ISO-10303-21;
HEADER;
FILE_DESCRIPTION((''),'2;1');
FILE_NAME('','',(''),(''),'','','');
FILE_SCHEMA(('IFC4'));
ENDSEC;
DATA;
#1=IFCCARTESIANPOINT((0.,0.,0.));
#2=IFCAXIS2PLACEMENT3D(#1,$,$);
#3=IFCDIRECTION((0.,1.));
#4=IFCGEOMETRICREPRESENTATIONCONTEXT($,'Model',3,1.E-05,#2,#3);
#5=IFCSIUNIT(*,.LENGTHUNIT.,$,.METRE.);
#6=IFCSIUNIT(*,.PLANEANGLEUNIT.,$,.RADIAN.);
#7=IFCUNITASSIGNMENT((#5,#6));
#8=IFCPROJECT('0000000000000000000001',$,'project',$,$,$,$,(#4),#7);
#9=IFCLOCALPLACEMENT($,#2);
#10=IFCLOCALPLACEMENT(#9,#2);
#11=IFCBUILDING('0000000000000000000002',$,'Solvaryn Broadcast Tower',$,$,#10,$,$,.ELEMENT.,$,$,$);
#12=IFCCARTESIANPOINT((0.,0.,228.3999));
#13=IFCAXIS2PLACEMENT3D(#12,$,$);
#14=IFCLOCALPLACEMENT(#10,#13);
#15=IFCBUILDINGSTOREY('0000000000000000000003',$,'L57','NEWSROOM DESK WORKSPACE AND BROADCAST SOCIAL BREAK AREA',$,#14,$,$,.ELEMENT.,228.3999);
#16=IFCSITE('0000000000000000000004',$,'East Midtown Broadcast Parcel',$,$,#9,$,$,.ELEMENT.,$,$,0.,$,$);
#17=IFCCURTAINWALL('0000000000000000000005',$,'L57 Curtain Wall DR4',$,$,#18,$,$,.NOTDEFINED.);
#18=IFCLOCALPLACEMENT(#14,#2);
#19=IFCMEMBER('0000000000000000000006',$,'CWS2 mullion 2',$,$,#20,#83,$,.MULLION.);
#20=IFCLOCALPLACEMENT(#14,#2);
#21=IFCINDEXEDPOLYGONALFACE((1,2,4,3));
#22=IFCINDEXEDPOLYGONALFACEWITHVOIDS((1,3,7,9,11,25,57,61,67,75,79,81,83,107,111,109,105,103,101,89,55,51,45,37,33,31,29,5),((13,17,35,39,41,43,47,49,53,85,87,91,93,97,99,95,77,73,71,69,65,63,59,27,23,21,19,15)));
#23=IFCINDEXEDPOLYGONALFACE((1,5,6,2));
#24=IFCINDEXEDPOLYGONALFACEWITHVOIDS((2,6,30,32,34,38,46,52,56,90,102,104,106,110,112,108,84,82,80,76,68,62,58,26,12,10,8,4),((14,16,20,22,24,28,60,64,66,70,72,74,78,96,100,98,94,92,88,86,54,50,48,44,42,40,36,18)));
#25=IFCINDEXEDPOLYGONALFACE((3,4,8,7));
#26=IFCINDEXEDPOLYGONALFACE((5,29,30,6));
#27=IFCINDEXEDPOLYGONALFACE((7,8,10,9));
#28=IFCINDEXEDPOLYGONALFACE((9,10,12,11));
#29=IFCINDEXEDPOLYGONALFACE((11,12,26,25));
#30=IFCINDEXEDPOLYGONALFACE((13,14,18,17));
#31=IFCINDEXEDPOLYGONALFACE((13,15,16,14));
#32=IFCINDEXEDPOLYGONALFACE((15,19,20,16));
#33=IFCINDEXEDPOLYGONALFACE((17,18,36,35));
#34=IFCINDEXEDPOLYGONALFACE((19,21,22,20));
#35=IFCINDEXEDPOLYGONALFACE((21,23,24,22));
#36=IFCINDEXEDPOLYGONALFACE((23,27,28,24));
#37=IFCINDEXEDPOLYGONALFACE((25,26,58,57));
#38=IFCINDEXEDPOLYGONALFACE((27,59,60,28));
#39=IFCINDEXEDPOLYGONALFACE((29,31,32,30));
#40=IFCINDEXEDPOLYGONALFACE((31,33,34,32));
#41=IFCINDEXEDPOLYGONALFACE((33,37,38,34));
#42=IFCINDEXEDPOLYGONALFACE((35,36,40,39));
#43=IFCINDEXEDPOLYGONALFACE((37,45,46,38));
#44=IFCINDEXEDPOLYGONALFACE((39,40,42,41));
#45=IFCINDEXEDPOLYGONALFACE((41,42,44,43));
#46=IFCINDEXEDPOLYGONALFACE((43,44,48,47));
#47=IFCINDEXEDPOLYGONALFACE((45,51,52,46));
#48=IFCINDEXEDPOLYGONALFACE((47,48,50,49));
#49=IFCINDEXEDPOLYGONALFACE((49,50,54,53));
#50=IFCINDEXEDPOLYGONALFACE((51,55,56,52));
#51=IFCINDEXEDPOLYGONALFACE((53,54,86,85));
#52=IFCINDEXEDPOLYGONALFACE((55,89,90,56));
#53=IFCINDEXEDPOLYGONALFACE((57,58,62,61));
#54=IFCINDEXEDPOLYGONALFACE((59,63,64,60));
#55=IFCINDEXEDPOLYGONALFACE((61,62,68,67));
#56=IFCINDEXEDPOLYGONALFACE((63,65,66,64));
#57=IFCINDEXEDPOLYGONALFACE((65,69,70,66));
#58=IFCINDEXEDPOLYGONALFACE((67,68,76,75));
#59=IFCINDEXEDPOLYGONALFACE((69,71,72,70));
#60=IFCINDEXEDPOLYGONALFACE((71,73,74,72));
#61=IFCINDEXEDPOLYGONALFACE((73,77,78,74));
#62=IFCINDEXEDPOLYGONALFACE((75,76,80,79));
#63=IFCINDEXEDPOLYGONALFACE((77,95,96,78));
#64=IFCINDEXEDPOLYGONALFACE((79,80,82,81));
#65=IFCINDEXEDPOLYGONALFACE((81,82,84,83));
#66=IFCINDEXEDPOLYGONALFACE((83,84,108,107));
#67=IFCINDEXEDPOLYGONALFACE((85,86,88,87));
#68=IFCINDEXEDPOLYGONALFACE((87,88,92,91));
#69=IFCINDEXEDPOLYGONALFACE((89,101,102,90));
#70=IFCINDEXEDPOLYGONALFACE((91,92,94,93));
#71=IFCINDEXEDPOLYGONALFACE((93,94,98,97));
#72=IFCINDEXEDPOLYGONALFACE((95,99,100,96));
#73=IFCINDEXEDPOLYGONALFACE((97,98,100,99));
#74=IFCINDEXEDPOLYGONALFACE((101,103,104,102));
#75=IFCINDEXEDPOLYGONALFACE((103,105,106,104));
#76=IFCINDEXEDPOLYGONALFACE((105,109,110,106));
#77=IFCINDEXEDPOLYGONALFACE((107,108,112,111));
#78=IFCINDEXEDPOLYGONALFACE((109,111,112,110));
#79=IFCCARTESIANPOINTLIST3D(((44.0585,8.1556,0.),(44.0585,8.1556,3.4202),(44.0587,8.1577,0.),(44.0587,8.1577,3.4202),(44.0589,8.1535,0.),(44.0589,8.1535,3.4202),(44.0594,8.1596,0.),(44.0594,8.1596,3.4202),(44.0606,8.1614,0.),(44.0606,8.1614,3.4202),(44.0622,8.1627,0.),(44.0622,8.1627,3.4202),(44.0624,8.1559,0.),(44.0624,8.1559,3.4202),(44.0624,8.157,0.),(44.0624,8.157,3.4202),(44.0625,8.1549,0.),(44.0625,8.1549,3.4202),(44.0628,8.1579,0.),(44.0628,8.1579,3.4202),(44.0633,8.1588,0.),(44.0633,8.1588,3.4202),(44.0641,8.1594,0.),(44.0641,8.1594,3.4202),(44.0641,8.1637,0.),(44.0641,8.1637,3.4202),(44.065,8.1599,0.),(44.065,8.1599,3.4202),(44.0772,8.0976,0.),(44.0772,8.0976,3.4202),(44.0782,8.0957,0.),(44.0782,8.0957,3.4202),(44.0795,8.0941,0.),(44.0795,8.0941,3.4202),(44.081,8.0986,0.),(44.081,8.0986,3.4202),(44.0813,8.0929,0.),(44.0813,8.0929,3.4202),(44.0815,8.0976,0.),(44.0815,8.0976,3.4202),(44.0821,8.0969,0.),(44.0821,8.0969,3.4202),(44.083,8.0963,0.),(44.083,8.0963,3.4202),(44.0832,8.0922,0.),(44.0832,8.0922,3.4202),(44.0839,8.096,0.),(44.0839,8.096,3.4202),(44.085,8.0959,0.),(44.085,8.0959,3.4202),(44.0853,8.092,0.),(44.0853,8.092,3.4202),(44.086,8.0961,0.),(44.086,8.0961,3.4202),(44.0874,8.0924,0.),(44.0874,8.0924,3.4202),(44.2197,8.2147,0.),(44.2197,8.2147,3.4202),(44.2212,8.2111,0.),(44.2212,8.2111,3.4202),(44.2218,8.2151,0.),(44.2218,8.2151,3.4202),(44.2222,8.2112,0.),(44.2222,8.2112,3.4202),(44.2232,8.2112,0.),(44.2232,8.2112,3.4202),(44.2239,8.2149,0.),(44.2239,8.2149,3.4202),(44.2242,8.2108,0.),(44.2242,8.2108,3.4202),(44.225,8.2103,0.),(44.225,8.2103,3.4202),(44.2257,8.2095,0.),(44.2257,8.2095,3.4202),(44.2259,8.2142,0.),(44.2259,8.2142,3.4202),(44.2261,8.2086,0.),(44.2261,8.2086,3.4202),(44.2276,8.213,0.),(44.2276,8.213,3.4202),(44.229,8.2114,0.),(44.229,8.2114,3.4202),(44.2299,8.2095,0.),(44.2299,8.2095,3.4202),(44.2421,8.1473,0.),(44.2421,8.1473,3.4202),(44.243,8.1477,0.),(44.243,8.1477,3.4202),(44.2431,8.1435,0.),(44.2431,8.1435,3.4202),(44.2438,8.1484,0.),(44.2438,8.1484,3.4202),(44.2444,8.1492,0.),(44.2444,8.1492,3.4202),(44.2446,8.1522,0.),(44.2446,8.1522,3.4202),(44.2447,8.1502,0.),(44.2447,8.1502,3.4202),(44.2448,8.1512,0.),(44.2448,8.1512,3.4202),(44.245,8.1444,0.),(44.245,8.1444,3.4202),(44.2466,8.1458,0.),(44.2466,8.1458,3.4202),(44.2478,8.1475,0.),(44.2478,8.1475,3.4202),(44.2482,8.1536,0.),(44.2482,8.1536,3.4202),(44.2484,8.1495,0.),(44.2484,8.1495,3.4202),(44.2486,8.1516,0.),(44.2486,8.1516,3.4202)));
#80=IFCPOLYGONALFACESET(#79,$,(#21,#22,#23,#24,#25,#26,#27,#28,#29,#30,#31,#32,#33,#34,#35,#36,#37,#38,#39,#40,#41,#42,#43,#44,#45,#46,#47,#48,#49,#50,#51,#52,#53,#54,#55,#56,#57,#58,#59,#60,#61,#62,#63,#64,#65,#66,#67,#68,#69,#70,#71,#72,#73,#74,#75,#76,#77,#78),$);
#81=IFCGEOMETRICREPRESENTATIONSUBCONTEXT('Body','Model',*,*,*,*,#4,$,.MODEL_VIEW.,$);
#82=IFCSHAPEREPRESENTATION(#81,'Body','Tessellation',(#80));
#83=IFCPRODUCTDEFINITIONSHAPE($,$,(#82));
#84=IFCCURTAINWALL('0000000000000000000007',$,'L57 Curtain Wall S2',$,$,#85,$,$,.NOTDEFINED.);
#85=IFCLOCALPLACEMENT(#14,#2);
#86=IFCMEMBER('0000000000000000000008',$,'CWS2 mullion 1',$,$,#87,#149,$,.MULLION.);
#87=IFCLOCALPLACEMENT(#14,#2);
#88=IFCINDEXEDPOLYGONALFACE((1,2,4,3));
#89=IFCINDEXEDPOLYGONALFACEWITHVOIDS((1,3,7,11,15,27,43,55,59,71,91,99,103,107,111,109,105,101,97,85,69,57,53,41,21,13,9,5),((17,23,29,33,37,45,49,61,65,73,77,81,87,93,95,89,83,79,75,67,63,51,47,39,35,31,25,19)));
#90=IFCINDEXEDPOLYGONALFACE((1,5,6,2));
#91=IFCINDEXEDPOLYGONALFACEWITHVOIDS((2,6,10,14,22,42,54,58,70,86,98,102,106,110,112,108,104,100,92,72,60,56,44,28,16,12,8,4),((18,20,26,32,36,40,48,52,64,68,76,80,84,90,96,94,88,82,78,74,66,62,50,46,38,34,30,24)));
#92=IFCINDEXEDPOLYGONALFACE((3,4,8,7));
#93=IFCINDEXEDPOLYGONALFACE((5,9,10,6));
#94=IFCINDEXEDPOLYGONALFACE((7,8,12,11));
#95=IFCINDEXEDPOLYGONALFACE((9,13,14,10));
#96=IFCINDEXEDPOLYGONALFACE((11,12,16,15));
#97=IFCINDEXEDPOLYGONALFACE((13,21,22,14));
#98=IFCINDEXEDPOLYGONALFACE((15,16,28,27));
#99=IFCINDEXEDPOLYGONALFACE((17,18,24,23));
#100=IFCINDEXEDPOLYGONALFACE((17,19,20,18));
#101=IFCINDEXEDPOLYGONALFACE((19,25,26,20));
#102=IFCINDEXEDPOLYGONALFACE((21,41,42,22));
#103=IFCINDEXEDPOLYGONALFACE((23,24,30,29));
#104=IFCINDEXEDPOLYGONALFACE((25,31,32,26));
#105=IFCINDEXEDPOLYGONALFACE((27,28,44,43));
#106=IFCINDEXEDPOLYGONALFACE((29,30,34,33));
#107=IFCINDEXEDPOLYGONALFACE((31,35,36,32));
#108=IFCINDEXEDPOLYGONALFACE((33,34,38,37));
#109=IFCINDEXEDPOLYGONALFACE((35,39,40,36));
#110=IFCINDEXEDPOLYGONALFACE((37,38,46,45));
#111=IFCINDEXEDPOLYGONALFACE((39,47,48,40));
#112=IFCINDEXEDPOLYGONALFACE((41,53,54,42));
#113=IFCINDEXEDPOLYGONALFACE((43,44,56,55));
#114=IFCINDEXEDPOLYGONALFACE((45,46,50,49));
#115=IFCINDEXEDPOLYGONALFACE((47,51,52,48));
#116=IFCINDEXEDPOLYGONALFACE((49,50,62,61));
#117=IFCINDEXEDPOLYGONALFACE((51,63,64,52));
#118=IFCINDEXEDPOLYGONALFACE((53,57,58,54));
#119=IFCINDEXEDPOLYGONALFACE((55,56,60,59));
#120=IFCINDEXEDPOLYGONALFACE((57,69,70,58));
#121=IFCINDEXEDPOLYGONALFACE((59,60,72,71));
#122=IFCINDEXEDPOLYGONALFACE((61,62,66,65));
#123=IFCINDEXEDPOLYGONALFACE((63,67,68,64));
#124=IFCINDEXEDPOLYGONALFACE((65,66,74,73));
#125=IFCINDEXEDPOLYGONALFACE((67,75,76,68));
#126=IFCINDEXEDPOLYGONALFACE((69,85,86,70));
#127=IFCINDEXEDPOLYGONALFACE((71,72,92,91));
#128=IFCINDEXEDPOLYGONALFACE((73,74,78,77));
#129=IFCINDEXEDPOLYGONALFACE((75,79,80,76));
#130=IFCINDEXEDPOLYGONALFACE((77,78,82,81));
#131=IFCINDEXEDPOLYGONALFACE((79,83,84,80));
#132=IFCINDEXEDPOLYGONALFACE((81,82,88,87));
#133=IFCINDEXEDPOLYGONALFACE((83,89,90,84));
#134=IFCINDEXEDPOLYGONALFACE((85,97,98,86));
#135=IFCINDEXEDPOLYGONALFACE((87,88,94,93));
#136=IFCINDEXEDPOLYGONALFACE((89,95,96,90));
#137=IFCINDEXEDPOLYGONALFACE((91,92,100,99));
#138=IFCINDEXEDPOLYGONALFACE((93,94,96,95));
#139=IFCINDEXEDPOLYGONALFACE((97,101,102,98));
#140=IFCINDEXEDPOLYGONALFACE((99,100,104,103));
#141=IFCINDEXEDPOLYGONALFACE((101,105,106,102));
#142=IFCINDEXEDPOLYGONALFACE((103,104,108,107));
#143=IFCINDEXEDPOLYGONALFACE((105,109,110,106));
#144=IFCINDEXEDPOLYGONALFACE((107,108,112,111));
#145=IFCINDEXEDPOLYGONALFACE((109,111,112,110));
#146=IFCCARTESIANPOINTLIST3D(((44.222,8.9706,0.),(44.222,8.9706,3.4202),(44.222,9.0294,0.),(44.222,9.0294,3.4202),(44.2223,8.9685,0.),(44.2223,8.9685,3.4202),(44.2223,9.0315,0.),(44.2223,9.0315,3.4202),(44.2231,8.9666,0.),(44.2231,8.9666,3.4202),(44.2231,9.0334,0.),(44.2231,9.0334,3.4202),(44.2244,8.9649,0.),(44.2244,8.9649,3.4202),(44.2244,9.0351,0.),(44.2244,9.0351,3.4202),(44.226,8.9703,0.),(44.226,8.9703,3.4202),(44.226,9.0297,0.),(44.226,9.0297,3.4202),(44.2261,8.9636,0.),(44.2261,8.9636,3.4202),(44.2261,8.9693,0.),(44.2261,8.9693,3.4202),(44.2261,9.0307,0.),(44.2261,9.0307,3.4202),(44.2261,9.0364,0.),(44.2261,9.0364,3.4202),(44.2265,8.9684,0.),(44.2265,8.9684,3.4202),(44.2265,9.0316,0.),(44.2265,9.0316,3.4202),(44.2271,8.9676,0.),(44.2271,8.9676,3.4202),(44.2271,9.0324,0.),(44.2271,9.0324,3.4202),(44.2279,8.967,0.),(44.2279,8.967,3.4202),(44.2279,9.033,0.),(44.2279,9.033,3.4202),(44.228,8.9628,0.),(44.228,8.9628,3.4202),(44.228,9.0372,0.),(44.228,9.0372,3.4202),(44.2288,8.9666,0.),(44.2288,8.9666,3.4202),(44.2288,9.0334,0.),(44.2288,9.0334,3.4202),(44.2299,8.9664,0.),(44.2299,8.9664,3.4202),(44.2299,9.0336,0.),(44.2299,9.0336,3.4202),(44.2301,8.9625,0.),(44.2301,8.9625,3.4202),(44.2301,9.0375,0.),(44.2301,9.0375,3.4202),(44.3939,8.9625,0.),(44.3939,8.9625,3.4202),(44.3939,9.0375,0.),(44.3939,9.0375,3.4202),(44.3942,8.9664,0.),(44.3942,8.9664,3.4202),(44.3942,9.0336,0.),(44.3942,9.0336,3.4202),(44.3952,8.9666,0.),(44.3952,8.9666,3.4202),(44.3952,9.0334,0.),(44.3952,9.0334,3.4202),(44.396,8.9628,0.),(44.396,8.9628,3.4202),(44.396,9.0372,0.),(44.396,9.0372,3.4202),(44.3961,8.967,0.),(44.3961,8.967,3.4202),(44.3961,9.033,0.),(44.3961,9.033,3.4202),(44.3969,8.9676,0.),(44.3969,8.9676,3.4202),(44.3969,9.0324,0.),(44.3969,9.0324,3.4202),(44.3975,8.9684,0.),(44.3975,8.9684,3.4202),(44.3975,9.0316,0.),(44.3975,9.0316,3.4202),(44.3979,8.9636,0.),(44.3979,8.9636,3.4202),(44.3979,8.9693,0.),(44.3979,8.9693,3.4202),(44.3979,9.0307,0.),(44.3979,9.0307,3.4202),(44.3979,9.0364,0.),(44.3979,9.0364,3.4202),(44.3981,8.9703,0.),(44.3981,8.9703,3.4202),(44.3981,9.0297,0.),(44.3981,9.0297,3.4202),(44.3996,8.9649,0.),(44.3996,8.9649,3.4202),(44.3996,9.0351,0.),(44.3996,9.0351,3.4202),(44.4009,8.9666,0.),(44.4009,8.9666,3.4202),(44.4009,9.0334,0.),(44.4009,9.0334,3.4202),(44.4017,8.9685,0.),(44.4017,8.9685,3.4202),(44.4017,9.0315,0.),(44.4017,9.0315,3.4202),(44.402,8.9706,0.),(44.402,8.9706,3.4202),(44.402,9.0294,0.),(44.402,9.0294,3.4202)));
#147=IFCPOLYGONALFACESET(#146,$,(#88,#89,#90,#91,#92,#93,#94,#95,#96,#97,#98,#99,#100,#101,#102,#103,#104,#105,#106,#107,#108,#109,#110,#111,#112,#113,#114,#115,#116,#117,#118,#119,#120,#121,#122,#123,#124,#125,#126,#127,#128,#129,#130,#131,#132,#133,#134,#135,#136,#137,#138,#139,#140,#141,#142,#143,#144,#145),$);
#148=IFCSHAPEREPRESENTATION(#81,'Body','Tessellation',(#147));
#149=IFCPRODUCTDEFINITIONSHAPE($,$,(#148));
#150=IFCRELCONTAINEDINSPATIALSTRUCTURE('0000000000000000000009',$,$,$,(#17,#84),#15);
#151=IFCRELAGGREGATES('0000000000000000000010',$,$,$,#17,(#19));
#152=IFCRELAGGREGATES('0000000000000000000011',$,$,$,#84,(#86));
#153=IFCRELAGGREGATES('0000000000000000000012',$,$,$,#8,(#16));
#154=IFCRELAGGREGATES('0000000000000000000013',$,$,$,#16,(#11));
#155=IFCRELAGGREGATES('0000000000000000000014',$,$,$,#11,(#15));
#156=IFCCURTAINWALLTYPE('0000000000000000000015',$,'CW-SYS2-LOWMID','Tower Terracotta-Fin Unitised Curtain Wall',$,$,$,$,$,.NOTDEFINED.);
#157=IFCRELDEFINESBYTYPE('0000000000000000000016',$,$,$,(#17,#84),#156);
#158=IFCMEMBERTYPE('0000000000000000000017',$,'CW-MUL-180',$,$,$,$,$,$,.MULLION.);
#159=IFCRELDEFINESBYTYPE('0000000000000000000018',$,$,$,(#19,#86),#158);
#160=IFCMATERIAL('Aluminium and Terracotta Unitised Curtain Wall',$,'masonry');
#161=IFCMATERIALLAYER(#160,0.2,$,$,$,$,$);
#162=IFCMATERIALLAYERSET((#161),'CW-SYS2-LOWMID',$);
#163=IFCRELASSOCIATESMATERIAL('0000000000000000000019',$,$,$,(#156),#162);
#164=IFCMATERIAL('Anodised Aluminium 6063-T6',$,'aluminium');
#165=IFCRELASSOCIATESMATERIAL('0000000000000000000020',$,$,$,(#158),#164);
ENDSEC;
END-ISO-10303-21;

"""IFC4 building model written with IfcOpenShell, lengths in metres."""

from ifc_helpers import new_model, si_unit, direction, frame, origin, origin_2d, place, context, subcontext, project, spatial, hollow_rectangle, extrude, material, layer, layer_set, material_profile, profile_set, type_object, element, aggregate, save


model = new_model("IFC4")

# Units and contexts
model_context = context("Model", 3, precision=1e-05, world=origin(), true_north=direction((0.0, 1.0)))
body_context = subcontext(model_context, "Body", "Model", "MODEL_VIEW")
ifc_project = project(units=[si_unit("LENGTHUNIT", "METRE"), si_unit("PLANEANGLEUNIT", "RADIAN")], contexts=[model_context])

# Site, building, storey
site_placement = place(None, origin())
site = spatial("IfcSite", under=ifc_project, at=site_placement, Name="East Midtown Broadcast Parcel", CompositionType="ELEMENT", RefElevation=0.0)
building_placement = place(site_placement, origin())
building = spatial("IfcBuilding", under=site, at=building_placement, Name="Solvaryn Broadcast Tower", CompositionType="ELEMENT")
storey_placement = place(building_placement, frame((0.0, 0.0, 228.3999)))
storey = spatial("IfcBuildingStorey", under=building, at=storey_placement, Name="L57", Description="NEWSROOM DESK WORKSPACE AND BROADCAST SOCIAL BREAK AREA", CompositionType="ELEMENT", Elevation=228.3999)

# Curtain wall, member
ifc_material_1 = material(Name="Aluminium and Terracotta Unitised Curtain Wall", Category="masonry")
ifc_layer_1 = layer(ifc_material_1, 0.2)
ifc_layer_set_1 = layer_set([ifc_layer_1], Name="CW-SYS2-LOWMID")
curtain_wall_type = type_object("IfcCurtainWallType", Name="CW-SYS2-LOWMID", Description="Tower Terracotta-Fin Unitised Curtain Wall", PredefinedType="NOTDEFINED", material=ifc_layer_set_1)
curtain_wall_1_placement = place(storey_placement, origin())
curtain_wall_1 = element("IfcCurtainWall", 1, at=curtain_wall_1_placement, inside=storey, type_object=curtain_wall_type, Name="L57 Curtain Wall DR4", PredefinedType="NOTDEFINED")
ifc_material_2 = material(Name="Anodised Aluminium 6063-T6", Category="aluminium")
ifc_material_profile_1 = material_profile(ifc_material_2, hollow_rectangle(XDim=0.075, YDim=0.1799, WallThickness=0.0039, InnerFilletRadius=0.0039, OuterFilletRadius=0.0081, at=origin_2d()))
ifc_profile_set_1 = profile_set([ifc_material_profile_1], Name="Anodised Aluminium 6063-T6")
member_type_1 = type_object("IfcMemberType", Name="CW-MUL-180", PredefinedType="MULLION", material=ifc_profile_set_1)
member_1_placement = place(storey_placement, frame((44.1536, 8.1536, 0.0), z_axis=(0.0, 0.0, 1.0), x_axis=(-0.311559, 0.950227, 0.0)))
member_1 = element("IfcMember", 2, at=member_1_placement, type_object=member_type_1, Name="CWS2 mullion 2", PredefinedType="MULLION", context=body_context, shape_type="SweptSolid", body=[
    extrude(hollow_rectangle(XDim=0.075, YDim=0.1799, WallThickness=0.0039, InnerFilletRadius=0.0039, OuterFilletRadius=0.0081, at=origin_2d()), origin(), (0.0, 0.0, 1.0), 3.4202),
])
aggregate(curtain_wall_1, [member_1])

# Curtain wall, member
curtain_wall_2_placement = place(storey_placement, origin())
curtain_wall_2 = element("IfcCurtainWall", 3, at=curtain_wall_2_placement, inside=storey, type_object=curtain_wall_type, Name="L57 Curtain Wall S2", PredefinedType="NOTDEFINED")
member_2_placement = place(storey_placement, frame((44.312, 9.0, 0.0), z_axis=(0.0, 0.0, 1.0), x_axis=(0.0, 1.0, 0.0)))
member_2 = element("IfcMember", 4, at=member_2_placement, type_object=member_type_1, Name="CWS2 mullion 1", PredefinedType="MULLION", context=body_context, shape_type="SweptSolid", body=[
    extrude(hollow_rectangle(XDim=0.075, YDim=0.1799, WallThickness=0.0039, InnerFilletRadius=0.0039, OuterFilletRadius=0.0081, at=origin_2d()), origin(), (0.0, 0.0, 1.0), 3.4202),
])
aggregate(curtain_wall_2, [member_2])

save(model, "model.ifc")
